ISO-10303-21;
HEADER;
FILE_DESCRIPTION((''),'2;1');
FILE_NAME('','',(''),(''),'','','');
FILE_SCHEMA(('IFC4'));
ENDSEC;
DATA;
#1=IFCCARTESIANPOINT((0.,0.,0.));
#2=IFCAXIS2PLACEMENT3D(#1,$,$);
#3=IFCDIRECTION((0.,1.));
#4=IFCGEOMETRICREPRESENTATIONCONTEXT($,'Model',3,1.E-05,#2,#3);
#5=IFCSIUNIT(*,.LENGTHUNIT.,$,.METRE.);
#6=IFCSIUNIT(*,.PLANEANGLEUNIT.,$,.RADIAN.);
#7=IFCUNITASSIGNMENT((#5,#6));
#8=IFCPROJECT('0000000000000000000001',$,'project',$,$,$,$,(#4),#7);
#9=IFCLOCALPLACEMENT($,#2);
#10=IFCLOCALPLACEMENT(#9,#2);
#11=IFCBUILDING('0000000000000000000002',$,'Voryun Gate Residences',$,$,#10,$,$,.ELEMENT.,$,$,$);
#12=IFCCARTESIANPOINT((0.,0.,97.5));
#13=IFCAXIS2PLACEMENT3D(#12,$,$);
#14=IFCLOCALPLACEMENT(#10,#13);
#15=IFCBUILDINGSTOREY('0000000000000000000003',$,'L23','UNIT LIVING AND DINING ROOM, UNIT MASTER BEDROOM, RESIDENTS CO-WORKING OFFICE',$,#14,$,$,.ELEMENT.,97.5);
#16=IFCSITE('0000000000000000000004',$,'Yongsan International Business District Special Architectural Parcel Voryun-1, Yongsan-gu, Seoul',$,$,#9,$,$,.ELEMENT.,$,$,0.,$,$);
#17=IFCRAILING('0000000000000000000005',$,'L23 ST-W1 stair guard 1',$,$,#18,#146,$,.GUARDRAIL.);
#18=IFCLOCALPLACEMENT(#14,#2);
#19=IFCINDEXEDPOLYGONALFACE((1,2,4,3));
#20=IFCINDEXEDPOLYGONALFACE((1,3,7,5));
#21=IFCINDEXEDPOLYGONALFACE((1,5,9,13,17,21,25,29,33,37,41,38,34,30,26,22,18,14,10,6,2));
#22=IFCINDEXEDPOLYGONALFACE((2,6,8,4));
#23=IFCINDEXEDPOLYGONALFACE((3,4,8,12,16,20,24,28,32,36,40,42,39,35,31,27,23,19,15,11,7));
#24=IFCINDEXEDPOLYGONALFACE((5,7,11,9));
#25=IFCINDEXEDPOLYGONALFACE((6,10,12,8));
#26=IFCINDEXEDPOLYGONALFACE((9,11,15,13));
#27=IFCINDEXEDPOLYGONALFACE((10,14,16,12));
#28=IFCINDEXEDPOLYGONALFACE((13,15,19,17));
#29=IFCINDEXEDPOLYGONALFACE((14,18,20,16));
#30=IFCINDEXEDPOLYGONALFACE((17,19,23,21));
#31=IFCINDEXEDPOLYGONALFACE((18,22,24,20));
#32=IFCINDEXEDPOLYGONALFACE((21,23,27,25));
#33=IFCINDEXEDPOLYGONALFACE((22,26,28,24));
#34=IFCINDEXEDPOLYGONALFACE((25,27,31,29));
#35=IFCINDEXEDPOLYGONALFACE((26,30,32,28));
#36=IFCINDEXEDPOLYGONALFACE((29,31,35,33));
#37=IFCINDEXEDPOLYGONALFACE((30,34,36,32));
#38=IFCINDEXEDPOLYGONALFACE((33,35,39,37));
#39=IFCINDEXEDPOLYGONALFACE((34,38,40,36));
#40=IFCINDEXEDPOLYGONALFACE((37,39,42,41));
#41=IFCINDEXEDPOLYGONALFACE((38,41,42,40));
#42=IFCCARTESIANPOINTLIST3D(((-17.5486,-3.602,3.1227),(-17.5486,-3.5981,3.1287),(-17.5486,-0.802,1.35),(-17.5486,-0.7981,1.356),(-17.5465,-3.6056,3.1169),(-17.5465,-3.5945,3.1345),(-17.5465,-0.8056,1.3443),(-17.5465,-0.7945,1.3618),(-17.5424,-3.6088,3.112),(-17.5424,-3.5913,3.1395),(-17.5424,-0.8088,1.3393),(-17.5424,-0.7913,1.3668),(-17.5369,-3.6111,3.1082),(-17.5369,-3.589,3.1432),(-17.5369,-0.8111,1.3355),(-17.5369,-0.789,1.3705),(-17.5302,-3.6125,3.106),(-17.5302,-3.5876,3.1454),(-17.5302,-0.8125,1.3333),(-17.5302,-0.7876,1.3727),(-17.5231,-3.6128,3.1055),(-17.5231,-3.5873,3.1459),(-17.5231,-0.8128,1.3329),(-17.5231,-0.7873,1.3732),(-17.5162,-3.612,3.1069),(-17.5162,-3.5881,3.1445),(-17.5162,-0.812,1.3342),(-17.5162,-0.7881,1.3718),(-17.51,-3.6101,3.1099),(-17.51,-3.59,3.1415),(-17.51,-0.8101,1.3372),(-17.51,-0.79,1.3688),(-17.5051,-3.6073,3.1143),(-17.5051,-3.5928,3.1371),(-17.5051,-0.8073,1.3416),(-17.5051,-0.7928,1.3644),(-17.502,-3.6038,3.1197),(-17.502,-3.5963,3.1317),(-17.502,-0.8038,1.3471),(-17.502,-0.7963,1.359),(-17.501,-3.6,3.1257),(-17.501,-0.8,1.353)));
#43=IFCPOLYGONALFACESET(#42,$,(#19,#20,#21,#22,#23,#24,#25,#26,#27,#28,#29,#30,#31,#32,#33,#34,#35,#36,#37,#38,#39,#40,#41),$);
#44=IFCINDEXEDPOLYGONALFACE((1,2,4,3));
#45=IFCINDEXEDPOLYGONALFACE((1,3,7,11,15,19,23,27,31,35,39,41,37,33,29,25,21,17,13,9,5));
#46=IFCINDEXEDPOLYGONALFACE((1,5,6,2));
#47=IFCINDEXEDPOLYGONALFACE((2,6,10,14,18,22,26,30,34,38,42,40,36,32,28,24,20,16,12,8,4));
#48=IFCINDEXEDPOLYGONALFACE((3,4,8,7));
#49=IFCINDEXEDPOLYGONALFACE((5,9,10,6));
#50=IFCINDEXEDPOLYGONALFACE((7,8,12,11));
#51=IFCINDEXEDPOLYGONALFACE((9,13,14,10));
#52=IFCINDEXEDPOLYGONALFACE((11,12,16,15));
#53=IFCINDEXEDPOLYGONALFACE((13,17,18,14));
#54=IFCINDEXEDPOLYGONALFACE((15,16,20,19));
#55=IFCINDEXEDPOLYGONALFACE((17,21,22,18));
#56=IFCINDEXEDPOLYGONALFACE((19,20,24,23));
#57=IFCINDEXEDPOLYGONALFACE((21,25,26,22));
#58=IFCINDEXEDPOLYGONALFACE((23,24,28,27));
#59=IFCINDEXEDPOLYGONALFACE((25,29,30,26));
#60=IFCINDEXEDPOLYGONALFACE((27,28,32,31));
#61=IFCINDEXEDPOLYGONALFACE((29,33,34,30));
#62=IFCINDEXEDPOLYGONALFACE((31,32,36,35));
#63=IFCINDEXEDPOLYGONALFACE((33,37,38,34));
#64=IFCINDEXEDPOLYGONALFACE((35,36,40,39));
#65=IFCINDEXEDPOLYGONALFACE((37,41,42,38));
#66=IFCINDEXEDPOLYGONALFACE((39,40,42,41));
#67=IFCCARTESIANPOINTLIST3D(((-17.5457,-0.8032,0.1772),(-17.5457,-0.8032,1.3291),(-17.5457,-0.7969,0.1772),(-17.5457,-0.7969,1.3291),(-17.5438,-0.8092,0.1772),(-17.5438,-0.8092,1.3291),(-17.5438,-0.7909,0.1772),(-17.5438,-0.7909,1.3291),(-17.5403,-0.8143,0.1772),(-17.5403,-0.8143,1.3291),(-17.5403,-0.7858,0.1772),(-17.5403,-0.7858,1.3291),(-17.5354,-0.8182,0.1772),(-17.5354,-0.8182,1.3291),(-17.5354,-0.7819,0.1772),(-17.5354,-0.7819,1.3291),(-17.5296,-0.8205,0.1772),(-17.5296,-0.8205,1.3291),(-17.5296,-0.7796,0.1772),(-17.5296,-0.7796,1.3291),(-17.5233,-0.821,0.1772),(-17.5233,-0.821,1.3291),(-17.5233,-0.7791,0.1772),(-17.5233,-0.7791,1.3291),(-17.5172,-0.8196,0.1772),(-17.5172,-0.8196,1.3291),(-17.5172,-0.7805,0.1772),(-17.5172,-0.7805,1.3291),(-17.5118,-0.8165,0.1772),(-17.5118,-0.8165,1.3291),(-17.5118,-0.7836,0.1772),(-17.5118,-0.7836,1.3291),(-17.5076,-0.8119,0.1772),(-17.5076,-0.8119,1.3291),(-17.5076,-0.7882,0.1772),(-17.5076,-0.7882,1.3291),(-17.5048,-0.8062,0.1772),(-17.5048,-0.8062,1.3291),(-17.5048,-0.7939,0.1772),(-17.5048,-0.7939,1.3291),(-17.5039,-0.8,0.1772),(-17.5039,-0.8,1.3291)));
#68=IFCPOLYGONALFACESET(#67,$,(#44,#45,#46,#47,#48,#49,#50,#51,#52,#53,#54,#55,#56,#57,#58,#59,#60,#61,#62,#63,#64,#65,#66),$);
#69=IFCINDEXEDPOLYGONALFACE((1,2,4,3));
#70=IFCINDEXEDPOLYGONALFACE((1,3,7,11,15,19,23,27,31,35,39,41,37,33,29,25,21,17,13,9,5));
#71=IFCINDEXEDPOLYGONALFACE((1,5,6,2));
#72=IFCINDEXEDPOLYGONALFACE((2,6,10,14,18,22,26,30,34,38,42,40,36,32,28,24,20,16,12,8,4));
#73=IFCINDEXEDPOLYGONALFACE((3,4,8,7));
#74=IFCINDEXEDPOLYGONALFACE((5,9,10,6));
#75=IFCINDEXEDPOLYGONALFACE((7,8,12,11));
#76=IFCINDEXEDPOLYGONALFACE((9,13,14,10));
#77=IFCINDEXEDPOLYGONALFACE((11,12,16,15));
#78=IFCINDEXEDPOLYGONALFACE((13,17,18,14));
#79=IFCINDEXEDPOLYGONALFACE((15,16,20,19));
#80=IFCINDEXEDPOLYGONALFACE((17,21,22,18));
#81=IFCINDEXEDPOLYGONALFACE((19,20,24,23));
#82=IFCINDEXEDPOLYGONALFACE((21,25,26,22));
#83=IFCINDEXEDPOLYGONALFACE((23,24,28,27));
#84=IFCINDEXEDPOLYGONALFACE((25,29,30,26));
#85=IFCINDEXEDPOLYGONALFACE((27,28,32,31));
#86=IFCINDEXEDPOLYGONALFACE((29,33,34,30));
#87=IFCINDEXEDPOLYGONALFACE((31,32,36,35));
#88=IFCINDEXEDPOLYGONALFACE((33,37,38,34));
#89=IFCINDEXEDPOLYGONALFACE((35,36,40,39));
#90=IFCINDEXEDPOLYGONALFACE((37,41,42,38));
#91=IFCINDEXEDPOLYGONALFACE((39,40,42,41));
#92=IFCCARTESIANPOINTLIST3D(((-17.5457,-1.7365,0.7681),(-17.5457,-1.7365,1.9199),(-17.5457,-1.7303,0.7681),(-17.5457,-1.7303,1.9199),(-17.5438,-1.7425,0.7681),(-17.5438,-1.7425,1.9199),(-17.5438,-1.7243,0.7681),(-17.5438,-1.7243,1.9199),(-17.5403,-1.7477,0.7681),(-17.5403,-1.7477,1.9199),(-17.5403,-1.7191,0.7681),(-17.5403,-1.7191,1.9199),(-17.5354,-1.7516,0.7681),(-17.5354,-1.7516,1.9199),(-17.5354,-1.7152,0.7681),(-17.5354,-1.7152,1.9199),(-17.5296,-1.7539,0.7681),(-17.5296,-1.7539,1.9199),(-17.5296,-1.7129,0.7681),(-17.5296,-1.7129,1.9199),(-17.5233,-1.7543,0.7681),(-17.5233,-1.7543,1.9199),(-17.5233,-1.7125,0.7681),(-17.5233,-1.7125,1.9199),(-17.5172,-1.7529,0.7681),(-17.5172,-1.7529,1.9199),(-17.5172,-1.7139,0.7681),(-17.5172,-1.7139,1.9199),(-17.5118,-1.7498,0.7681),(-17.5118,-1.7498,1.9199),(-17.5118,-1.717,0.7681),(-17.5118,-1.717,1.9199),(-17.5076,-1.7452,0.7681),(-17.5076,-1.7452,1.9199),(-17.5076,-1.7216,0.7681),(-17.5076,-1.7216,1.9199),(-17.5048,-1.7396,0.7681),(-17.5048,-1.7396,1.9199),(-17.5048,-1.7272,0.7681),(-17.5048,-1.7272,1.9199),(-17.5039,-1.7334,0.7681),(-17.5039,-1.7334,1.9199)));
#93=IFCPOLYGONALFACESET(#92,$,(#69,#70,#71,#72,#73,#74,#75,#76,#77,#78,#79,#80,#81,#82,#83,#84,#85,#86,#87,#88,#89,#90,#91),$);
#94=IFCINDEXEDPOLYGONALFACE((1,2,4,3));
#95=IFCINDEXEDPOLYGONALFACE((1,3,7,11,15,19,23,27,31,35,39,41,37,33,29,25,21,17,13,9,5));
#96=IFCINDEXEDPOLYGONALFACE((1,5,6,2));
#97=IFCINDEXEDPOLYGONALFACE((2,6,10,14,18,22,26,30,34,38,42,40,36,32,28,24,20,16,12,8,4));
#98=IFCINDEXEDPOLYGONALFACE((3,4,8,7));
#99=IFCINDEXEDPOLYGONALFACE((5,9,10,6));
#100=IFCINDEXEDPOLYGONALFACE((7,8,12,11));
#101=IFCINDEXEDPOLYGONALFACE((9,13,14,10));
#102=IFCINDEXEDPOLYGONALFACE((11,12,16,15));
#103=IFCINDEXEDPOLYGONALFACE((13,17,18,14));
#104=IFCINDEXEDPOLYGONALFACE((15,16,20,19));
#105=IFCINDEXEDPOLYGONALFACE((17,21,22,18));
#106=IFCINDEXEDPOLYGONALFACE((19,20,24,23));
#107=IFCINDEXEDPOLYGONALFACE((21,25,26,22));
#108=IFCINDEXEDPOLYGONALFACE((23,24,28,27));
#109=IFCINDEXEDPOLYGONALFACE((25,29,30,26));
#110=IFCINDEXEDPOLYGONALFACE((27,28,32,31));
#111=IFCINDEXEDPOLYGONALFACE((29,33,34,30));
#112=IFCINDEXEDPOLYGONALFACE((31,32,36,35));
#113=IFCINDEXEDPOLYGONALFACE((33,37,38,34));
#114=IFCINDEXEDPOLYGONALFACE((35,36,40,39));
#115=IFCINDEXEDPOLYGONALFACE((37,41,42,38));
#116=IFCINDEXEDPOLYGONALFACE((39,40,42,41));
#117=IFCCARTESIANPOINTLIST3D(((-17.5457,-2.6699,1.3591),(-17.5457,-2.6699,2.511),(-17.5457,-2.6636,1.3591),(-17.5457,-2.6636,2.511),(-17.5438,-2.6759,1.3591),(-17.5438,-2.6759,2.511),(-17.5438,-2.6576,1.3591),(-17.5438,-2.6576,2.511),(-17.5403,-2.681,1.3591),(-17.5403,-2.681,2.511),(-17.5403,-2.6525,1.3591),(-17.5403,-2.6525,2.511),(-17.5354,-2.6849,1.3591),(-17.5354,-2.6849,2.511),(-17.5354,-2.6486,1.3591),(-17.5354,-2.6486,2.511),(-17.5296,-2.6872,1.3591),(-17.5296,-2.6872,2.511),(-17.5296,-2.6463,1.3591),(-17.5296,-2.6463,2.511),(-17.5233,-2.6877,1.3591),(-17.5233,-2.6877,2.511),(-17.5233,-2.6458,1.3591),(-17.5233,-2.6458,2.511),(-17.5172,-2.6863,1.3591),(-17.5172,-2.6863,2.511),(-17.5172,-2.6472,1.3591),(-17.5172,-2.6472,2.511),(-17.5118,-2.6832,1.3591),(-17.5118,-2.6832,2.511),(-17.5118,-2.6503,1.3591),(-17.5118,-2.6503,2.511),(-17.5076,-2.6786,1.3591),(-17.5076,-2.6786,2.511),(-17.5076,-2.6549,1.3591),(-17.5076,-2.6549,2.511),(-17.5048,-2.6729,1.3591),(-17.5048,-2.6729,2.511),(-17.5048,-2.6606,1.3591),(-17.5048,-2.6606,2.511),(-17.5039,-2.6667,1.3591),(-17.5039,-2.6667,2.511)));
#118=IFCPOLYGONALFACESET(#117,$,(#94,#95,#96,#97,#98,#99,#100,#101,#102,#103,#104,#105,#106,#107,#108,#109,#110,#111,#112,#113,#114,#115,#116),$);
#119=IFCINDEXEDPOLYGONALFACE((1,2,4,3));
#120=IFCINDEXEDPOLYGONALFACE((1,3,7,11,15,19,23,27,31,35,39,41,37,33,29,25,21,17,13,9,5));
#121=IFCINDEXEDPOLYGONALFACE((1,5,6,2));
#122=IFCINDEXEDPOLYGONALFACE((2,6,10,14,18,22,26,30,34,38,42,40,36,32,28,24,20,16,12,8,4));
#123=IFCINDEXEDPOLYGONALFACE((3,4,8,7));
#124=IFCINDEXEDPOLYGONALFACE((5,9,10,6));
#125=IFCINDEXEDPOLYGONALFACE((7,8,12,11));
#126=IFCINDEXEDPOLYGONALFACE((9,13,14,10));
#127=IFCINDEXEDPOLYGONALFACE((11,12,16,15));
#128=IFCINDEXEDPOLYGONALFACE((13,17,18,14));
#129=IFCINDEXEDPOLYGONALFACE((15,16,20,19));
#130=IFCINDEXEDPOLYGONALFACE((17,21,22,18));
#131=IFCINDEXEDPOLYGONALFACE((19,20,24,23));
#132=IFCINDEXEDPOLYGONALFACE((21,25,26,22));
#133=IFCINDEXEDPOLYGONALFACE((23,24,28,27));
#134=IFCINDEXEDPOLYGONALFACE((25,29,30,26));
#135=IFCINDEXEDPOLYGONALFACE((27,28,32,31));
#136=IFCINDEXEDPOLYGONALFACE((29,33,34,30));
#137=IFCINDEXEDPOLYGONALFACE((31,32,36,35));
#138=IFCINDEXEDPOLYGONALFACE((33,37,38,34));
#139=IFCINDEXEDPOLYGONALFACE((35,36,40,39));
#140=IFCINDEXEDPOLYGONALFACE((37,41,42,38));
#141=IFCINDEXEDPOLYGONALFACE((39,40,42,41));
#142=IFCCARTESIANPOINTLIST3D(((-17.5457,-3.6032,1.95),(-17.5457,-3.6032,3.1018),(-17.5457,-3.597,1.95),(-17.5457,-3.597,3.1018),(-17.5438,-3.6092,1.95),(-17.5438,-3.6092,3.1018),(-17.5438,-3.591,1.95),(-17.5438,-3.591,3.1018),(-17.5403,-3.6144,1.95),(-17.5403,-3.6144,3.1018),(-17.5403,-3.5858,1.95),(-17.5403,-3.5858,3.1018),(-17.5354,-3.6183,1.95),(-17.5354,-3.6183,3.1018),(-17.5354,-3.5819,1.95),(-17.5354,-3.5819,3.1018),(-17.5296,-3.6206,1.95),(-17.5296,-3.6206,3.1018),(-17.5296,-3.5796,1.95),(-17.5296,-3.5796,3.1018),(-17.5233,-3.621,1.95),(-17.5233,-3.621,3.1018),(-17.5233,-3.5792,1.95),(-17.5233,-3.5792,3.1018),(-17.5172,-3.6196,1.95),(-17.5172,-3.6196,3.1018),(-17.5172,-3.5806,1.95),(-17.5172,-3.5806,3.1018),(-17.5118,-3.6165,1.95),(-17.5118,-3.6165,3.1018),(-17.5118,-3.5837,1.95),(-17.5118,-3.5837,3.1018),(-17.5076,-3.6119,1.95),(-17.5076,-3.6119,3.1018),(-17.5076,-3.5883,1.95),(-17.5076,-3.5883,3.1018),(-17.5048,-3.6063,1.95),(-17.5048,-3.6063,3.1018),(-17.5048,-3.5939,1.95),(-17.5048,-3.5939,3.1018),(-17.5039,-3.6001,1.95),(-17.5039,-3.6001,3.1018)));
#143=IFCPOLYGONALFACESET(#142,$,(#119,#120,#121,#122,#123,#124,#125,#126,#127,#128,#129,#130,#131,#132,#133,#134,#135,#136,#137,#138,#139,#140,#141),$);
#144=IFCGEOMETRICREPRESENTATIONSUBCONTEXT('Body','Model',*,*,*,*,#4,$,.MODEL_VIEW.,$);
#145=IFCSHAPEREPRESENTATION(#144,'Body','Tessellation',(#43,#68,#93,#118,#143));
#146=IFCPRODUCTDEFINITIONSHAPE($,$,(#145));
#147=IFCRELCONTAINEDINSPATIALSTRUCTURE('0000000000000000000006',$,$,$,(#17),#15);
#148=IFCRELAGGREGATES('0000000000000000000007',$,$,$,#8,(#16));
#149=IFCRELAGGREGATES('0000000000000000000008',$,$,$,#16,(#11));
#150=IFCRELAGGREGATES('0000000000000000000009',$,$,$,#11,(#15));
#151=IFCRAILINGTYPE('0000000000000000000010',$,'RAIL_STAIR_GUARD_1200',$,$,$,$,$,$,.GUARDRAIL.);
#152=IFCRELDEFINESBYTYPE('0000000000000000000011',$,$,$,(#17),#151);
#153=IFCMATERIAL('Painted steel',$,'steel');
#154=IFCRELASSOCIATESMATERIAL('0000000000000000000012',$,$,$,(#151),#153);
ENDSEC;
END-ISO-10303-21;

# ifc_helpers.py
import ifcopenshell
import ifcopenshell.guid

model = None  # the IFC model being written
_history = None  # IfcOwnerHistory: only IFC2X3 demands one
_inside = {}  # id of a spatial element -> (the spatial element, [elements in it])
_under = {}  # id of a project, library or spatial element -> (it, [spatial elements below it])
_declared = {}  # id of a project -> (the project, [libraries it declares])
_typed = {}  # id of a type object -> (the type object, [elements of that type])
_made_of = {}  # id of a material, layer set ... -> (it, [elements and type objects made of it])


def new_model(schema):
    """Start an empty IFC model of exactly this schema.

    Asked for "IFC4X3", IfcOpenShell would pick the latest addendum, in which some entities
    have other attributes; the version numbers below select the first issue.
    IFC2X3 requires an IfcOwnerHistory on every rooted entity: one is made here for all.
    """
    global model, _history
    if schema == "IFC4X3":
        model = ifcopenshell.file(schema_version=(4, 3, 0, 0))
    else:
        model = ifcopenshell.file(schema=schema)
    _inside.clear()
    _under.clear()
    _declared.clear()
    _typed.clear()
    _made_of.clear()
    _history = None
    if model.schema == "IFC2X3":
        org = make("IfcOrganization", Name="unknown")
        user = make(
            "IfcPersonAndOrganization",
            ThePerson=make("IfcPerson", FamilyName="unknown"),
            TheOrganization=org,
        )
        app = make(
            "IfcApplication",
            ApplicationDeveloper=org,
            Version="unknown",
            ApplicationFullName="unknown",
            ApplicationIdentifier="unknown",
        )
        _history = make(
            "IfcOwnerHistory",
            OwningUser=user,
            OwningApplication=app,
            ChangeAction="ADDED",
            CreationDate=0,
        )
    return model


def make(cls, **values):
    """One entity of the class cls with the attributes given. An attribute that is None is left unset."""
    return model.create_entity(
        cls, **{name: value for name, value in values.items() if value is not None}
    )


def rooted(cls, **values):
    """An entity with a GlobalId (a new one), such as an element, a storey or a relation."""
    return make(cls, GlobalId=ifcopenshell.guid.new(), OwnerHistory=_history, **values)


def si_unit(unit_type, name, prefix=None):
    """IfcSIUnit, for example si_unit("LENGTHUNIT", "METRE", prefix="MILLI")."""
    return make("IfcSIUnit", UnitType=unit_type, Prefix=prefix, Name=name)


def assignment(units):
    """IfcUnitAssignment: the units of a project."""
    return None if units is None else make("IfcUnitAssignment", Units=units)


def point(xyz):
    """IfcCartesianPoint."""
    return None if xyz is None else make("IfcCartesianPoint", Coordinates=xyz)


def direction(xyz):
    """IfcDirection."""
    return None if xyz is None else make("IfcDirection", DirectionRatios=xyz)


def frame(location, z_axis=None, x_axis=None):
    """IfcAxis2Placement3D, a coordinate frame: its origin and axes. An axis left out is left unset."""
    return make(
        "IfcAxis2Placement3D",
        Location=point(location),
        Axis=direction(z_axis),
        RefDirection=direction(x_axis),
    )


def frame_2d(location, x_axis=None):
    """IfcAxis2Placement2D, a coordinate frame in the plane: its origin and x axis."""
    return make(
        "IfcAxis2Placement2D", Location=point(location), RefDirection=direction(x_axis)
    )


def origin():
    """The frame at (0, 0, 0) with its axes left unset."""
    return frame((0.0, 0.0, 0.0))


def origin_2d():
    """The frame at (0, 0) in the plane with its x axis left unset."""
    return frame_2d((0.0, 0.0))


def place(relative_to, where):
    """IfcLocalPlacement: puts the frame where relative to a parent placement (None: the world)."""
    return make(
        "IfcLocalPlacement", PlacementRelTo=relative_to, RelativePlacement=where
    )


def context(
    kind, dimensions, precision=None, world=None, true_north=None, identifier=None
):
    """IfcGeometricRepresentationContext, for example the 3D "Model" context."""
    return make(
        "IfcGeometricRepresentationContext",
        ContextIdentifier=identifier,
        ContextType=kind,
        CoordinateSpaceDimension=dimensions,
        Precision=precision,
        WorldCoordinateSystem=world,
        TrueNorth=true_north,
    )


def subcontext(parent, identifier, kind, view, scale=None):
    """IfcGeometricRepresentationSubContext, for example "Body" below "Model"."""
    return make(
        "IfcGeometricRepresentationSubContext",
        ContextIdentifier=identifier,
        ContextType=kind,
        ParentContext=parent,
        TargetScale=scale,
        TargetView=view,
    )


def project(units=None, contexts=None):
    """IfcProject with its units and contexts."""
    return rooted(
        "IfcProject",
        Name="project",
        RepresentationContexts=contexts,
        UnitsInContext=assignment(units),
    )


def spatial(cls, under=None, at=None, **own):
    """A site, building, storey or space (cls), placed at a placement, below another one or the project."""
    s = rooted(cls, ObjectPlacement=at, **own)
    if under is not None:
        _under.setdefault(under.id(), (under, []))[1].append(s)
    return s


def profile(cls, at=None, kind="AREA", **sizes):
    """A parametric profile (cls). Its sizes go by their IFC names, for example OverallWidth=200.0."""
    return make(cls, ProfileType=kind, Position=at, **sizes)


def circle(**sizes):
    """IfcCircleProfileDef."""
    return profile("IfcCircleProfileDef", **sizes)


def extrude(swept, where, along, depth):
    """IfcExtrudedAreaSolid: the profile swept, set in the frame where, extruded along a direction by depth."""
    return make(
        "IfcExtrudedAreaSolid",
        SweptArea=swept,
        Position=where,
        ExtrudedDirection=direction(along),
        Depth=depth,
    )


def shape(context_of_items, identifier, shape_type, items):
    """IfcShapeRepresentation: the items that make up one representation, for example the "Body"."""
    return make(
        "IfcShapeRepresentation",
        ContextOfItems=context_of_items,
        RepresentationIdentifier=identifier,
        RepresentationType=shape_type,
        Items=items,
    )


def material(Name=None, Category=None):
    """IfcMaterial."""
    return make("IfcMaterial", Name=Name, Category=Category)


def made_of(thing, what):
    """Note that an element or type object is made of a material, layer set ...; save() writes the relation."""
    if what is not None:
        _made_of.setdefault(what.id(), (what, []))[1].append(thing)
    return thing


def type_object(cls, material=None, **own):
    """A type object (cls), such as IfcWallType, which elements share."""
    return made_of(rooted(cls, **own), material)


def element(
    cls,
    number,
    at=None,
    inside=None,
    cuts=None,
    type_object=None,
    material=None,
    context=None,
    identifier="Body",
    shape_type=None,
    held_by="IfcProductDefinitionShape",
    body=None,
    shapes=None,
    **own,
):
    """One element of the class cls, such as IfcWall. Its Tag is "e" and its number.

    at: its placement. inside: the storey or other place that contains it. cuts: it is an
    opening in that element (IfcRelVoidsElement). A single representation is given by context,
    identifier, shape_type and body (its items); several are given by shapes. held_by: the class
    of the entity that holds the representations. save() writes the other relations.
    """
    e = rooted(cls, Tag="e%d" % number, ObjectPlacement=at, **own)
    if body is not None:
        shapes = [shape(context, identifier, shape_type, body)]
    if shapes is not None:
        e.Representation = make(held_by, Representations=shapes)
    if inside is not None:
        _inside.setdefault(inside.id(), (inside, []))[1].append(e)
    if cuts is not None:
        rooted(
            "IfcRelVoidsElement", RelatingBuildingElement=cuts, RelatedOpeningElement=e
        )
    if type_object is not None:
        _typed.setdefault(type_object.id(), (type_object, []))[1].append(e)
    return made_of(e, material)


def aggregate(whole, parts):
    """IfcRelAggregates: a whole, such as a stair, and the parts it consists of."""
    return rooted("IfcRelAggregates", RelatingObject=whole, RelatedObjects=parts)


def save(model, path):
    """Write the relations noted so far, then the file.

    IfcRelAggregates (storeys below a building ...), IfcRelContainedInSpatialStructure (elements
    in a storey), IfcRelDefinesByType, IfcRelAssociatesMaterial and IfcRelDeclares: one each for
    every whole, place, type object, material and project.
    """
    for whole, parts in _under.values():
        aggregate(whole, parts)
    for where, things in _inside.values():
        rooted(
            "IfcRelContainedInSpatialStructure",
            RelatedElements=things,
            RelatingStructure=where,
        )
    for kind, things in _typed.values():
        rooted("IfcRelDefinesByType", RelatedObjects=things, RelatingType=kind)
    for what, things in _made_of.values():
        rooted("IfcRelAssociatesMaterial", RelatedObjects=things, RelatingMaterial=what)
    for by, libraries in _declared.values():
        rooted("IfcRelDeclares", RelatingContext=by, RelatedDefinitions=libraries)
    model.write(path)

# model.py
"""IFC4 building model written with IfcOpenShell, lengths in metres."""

from ifc_helpers import new_model, si_unit, direction, frame, origin, origin_2d, place, context, subcontext, project, spatial, circle, extrude, material, type_object, element, save


model = new_model("IFC4")

# Units and contexts
model_context = context("Model", 3, precision=1e-05, world=origin(), true_north=direction((0.0, 1.0)))
body_context = subcontext(model_context, "Body", "Model", "MODEL_VIEW")
ifc_project = project(units=[si_unit("LENGTHUNIT", "METRE"), si_unit("PLANEANGLEUNIT", "RADIAN")], contexts=[model_context])

# Site, building, storey
site_placement = place(None, origin())
site = spatial("IfcSite", under=ifc_project, at=site_placement, Name="Yongsan International Business District Special Architectural Parcel Voryun-1, Yongsan-gu, Seoul", CompositionType="ELEMENT", RefElevation=0.0)
building_placement = place(site_placement, origin())
building = spatial("IfcBuilding", under=site, at=building_placement, Name="Voryun Gate Residences", CompositionType="ELEMENT")
storey_placement = place(building_placement, frame((0.0, 0.0, 97.5)))
storey = spatial("IfcBuildingStorey", under=building, at=storey_placement, Name="L23", Description="UNIT LIVING AND DINING ROOM, UNIT MASTER BEDROOM, RESIDENTS CO-WORKING OFFICE", CompositionType="ELEMENT", Elevation=97.5)

# Railing
ifc_material_1 = material(Name="Painted steel", Category="steel")
railing_type_1 = type_object("IfcRailingType", Name="RAIL_STAIR_GUARD_1200", PredefinedType="GUARDRAIL", material=ifc_material_1)
railing_1_placement = place(storey_placement, frame((-17.5249, -0.8, 0.1772)))
element("IfcRailing", 1, at=railing_1_placement, inside=storey, type_object=railing_type_1, Name="L23 ST-W1 stair guard 1", PredefinedType="GUARDRAIL", context=body_context, shape_type="SweptSolid", body=[
    extrude(circle(Radius=0.0239, at=origin_2d()), frame((0.0, 0.0, 1.1758), z_axis=(0.0, -0.844909, 0.53491), x_axis=(1.0, 0.0, 0.0)), (0.0, 0.0, 1.0), 3.314),
    extrude(circle(Radius=0.021, at=origin_2d()), origin(), (0.0, 0.0, 1.0), 1.1519),
    extrude(circle(Radius=0.021, at=origin_2d()), frame((0.0, -0.9333, 0.5908)), (0.0, 0.0, 1.0), 1.1519),
    extrude(circle(Radius=0.021, at=origin_2d()), frame((0.0, -1.8667, 1.1819)), (0.0, 0.0, 1.0), 1.1519),
    extrude(circle(Radius=0.021, at=origin_2d()), frame((0.0, -2.8, 1.7727)), (0.0, 0.0, 1.0), 1.1519),
])

save(model, "model.ifc")
